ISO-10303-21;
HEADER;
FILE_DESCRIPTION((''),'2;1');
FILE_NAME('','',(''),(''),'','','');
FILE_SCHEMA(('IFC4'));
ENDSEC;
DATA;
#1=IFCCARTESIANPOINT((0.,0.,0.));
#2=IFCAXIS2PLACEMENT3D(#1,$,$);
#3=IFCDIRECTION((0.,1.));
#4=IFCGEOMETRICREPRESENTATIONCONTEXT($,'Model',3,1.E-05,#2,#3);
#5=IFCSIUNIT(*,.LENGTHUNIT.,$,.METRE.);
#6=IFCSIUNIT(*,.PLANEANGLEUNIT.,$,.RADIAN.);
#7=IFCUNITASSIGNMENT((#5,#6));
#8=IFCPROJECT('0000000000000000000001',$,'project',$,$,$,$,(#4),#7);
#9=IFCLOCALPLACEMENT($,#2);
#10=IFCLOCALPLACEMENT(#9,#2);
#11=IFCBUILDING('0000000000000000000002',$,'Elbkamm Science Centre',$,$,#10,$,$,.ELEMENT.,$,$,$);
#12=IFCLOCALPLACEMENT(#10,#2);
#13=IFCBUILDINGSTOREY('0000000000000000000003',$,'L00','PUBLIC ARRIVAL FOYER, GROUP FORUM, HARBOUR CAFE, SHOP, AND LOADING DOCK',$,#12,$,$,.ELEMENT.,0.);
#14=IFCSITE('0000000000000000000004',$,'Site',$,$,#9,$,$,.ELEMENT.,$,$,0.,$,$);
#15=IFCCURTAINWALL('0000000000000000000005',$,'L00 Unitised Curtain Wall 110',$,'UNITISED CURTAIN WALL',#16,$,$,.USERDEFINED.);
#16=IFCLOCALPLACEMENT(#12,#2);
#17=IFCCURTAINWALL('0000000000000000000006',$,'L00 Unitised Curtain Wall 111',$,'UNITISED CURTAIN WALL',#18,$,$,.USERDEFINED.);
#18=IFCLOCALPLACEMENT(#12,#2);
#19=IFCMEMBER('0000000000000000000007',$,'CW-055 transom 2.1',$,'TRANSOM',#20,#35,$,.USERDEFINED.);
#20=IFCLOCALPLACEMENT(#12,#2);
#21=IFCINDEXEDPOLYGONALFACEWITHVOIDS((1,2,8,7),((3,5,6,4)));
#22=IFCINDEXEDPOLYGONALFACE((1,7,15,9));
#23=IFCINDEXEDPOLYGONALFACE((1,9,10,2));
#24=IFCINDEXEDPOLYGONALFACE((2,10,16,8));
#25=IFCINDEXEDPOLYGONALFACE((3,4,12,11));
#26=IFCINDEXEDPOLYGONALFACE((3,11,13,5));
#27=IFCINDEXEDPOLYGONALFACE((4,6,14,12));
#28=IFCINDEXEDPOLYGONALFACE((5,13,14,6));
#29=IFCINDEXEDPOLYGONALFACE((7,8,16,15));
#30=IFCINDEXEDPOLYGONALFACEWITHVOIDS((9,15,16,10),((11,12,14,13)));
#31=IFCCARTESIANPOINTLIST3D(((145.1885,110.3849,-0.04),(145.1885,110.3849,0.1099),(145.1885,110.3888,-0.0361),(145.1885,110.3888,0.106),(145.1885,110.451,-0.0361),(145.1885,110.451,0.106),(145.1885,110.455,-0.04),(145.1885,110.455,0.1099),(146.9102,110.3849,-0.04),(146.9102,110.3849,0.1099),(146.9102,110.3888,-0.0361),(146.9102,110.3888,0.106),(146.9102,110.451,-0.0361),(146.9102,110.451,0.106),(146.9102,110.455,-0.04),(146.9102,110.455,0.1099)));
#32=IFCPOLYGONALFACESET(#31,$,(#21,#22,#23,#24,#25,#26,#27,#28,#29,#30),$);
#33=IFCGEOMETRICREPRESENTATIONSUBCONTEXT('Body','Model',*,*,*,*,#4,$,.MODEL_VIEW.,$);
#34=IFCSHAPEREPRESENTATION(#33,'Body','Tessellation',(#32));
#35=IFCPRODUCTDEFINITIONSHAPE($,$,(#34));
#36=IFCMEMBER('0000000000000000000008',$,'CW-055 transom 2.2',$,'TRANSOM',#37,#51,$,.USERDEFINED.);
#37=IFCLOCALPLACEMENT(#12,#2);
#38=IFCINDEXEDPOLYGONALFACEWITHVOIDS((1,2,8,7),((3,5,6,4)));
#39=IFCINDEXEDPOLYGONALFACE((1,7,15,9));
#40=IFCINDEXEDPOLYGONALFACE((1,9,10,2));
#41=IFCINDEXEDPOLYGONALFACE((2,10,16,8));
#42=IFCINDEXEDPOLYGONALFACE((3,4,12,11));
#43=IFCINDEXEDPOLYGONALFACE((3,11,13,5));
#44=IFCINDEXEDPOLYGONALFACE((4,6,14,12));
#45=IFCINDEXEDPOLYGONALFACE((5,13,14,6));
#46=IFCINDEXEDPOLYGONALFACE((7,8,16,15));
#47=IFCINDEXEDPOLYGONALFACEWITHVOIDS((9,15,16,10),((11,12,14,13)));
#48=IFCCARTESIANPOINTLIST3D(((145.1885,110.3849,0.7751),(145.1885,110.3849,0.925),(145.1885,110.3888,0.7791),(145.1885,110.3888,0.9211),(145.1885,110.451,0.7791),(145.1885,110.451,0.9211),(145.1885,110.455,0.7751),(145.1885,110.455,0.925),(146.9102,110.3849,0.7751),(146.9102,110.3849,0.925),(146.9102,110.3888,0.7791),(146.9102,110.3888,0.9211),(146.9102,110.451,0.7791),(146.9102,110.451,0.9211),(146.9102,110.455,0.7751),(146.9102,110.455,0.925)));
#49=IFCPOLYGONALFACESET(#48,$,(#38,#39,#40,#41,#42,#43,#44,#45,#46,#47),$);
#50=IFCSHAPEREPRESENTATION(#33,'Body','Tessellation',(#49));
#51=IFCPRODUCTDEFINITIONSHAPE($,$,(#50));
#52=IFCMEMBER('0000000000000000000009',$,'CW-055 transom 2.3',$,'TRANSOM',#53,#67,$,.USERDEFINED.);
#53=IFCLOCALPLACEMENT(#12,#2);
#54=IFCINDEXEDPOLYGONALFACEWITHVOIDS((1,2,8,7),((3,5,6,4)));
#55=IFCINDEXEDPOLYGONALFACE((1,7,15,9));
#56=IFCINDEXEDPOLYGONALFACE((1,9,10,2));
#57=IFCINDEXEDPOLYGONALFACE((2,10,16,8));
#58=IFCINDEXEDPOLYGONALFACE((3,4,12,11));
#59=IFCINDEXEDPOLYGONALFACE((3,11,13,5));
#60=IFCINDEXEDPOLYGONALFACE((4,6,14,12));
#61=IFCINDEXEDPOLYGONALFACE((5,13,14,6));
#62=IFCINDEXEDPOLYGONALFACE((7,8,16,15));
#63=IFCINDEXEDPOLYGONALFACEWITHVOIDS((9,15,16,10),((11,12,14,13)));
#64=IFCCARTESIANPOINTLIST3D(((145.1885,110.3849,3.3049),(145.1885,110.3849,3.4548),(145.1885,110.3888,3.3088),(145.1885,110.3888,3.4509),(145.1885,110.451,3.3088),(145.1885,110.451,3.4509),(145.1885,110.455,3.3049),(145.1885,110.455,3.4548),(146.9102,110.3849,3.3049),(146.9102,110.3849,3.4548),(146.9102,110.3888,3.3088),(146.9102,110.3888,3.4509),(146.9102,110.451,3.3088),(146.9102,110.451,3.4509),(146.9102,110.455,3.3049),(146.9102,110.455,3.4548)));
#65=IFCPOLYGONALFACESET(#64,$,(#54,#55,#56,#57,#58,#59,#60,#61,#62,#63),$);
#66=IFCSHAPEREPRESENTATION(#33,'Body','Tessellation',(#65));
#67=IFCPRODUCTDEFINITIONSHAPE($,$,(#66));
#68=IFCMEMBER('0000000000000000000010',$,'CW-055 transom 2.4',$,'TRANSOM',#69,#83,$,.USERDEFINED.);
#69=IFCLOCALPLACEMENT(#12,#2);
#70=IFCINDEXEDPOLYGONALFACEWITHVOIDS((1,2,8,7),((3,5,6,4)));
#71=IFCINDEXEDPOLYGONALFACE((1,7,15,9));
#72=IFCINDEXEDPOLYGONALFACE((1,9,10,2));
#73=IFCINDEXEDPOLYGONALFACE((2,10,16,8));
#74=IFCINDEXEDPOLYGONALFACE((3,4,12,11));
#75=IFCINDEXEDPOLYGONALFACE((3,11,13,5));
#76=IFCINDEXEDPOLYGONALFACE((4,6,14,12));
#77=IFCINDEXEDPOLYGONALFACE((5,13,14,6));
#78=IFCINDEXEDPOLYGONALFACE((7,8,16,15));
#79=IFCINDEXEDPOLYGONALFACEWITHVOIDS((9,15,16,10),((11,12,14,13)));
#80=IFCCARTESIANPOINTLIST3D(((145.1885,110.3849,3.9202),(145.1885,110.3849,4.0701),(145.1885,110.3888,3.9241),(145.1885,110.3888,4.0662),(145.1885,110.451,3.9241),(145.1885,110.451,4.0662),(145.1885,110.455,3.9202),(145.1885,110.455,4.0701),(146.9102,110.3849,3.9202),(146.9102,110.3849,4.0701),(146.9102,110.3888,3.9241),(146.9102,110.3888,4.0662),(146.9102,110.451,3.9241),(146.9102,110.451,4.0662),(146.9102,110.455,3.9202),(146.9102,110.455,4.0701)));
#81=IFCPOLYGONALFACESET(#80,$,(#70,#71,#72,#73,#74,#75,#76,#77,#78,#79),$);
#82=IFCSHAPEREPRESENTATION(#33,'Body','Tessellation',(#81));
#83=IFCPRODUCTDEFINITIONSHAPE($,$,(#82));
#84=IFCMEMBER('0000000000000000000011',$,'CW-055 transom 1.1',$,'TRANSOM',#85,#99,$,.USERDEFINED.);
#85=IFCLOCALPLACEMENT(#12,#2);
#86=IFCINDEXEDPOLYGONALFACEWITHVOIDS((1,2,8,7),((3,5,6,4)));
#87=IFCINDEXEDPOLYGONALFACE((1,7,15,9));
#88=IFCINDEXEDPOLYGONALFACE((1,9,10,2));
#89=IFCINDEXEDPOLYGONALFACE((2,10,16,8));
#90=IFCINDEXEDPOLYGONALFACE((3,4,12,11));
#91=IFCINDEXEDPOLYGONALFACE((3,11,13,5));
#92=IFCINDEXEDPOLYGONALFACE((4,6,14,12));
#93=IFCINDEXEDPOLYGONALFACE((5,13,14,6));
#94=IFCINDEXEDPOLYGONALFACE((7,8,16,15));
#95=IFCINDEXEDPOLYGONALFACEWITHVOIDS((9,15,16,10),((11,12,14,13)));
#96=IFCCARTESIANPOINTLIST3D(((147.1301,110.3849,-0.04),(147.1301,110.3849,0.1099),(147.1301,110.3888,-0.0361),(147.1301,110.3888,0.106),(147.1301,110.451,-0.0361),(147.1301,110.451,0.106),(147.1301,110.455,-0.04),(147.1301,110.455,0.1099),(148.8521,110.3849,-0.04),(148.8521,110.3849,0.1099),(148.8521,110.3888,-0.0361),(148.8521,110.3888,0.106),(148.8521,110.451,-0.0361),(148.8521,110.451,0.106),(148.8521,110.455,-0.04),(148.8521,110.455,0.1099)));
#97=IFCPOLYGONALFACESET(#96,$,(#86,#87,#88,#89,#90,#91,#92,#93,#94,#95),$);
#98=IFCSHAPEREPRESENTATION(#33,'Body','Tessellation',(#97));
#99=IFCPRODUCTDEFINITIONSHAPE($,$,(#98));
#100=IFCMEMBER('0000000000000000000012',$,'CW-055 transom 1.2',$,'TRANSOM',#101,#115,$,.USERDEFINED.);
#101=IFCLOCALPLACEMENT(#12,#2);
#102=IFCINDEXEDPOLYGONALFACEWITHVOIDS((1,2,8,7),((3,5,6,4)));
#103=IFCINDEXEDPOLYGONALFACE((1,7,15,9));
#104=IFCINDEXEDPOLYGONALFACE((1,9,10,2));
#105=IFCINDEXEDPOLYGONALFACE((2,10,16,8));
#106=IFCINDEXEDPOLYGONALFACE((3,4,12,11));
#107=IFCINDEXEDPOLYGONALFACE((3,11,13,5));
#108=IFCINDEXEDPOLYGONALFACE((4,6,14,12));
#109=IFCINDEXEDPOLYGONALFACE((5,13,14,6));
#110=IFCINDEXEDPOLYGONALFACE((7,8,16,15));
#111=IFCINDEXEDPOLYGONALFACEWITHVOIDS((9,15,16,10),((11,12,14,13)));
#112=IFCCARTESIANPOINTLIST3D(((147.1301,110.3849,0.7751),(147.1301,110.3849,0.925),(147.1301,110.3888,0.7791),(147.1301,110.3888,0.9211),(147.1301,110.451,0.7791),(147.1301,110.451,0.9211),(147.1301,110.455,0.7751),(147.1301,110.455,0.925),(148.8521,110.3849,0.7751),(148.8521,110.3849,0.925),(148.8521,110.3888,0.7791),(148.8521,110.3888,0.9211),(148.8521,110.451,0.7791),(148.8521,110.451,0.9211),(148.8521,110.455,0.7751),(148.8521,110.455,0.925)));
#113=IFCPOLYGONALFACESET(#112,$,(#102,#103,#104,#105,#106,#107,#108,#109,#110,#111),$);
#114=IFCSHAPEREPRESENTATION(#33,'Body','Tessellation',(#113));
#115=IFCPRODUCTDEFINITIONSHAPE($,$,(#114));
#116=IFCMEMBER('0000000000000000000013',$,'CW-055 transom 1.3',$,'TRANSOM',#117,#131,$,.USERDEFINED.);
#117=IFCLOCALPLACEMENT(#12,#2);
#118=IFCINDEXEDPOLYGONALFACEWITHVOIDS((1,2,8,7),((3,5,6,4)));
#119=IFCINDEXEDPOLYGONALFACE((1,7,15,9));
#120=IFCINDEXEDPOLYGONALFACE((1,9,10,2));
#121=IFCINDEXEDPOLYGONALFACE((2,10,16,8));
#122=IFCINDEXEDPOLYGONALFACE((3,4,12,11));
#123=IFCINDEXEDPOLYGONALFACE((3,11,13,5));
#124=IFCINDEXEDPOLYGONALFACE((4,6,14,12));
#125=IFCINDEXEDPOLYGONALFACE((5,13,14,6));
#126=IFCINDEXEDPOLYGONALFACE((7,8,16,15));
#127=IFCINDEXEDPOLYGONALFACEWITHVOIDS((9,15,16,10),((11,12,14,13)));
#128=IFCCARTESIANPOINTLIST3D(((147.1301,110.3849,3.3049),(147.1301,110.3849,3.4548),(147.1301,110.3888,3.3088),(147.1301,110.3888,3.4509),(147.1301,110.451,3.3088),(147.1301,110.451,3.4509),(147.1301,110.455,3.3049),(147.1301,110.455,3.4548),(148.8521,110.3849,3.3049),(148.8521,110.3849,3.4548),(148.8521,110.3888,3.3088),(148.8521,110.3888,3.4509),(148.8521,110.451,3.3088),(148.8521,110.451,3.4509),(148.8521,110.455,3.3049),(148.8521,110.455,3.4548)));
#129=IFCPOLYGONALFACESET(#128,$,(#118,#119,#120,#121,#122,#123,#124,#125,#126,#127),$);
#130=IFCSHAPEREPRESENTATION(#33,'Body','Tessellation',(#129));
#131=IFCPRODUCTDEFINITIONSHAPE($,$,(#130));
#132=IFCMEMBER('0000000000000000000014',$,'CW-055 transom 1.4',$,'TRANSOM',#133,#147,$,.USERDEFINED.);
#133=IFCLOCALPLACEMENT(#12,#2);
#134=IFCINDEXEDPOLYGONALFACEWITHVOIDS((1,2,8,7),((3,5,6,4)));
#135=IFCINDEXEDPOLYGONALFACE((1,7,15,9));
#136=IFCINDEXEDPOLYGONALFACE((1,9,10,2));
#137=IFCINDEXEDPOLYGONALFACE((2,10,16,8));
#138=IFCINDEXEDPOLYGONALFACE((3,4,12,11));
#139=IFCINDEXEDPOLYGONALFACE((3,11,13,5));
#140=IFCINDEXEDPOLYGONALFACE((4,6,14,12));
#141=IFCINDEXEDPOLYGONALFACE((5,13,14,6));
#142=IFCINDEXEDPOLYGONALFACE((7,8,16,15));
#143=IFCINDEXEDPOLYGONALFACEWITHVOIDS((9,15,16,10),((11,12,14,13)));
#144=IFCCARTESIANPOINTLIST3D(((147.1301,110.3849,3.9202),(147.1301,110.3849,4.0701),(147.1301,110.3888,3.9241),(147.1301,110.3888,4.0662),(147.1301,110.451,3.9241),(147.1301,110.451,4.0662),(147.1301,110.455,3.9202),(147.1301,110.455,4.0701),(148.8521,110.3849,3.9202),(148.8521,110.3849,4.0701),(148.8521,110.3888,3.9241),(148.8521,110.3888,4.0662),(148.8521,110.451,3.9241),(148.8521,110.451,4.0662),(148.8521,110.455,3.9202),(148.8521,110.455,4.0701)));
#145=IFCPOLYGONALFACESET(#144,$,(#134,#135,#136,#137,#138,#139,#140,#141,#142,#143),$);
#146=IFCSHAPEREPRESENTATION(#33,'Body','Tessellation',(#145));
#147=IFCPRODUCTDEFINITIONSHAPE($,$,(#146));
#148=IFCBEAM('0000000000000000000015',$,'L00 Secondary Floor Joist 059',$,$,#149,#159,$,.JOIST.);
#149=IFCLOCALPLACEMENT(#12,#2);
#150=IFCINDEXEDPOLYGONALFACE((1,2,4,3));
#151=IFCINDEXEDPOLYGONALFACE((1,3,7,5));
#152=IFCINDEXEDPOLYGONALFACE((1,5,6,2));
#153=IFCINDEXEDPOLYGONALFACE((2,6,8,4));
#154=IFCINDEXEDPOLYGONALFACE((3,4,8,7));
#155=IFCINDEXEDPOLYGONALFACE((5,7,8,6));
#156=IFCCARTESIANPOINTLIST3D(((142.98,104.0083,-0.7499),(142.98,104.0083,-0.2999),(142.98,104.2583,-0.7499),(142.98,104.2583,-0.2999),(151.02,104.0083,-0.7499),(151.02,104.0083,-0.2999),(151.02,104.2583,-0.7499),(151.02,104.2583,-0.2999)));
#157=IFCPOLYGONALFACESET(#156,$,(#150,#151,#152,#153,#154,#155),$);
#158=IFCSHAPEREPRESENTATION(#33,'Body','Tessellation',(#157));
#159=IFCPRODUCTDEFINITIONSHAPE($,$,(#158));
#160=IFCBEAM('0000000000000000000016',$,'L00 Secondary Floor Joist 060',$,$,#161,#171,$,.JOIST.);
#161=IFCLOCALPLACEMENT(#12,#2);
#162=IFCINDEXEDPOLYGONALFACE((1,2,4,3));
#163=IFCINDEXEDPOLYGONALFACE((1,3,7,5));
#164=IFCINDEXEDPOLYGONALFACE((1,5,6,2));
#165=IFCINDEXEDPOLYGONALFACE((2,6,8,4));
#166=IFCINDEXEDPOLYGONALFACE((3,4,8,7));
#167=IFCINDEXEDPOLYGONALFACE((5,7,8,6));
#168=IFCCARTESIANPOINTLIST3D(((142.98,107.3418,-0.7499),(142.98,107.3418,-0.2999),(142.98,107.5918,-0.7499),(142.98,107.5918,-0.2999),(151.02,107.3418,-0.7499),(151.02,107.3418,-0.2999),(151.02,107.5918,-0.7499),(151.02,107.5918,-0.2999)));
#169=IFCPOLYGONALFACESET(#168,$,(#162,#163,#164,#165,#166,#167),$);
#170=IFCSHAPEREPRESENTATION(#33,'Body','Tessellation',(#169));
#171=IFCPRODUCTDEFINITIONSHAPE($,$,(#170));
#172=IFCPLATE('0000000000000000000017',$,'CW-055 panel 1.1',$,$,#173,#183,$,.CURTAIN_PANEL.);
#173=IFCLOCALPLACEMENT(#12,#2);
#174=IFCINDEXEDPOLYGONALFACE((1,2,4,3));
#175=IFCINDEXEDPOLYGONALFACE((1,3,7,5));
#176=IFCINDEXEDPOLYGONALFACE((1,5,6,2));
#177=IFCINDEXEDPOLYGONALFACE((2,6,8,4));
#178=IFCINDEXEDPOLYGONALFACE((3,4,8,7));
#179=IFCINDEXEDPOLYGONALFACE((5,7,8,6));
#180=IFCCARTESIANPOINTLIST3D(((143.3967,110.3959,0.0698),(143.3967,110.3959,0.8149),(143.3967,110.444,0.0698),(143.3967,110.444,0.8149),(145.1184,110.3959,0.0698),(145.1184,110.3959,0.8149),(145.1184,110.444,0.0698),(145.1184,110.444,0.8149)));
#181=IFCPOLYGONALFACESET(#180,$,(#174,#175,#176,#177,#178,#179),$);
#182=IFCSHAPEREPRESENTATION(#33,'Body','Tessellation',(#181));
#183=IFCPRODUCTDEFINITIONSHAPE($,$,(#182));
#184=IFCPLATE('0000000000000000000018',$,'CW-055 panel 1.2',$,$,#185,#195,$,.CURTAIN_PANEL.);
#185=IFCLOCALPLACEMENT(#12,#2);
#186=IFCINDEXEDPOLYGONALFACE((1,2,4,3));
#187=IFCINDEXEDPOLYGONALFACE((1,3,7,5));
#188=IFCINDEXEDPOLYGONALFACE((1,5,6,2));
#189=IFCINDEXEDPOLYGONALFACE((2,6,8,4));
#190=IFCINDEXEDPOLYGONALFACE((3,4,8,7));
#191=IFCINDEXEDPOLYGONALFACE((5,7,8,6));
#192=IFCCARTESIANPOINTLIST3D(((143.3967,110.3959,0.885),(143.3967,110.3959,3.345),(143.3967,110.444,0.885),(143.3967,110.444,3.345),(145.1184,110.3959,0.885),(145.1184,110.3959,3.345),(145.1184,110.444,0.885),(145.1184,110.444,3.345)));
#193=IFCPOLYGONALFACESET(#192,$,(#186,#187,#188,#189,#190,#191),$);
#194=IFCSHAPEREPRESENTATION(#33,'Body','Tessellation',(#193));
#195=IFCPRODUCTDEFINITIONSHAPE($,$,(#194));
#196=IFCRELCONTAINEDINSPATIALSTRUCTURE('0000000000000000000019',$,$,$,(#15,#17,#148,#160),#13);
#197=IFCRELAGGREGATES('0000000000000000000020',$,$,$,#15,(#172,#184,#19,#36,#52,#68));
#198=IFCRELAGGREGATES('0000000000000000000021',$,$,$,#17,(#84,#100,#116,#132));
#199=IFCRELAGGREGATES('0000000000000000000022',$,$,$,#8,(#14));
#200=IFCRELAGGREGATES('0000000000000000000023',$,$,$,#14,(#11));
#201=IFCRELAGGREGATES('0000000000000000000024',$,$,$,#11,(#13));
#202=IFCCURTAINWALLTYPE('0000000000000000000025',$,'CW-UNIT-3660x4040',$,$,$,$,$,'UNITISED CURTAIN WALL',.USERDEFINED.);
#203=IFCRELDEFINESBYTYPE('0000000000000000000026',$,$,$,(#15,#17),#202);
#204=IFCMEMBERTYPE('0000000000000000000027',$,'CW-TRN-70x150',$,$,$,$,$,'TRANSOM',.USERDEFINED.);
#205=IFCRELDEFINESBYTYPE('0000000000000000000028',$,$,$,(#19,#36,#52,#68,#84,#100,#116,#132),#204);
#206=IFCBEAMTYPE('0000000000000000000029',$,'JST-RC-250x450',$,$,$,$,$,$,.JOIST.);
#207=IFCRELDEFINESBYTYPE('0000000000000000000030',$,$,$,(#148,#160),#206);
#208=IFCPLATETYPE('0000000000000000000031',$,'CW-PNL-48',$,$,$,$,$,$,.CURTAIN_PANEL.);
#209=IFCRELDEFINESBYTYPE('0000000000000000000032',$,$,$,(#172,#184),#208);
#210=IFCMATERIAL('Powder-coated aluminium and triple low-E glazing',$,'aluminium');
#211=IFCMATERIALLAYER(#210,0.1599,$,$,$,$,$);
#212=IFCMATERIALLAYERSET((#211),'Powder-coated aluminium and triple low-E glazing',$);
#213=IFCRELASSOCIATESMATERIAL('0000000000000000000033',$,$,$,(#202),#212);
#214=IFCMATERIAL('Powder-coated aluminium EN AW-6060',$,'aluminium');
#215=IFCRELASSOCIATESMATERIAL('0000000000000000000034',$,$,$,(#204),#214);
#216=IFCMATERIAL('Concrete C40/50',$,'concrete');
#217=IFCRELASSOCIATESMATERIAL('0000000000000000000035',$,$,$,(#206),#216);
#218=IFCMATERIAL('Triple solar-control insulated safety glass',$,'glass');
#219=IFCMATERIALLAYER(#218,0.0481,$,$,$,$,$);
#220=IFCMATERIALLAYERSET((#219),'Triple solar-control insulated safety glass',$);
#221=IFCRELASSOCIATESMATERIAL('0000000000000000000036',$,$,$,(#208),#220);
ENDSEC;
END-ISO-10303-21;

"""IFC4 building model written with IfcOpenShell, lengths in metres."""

from ifc_helpers import new_model, si_unit, direction, frame, origin, origin_2d, place, context, subcontext, project, spatial, rectangle, hollow_rectangle, extrude, material, layer, layer_set, material_profile, profile_set, type_object, element, aggregate, save


model = new_model("IFC4")

# Units and contexts
model_context = context("Model", 3, precision=1e-05, world=origin(), true_north=direction((0.0, 1.0)))
body_context = subcontext(model_context, "Body", "Model", "MODEL_VIEW")
ifc_project = project(units=[si_unit("LENGTHUNIT", "METRE"), si_unit("PLANEANGLEUNIT", "RADIAN")], contexts=[model_context])

# Site, building, storey
site_placement = place(None, origin())
site = spatial("IfcSite", under=ifc_project, at=site_placement, Name="Site", CompositionType="ELEMENT", RefElevation=0.0)
building_placement = place(site_placement, origin())
building = spatial("IfcBuilding", under=site, at=building_placement, Name="Elbkamm Science Centre", CompositionType="ELEMENT")
storey_placement = place(building_placement, origin())
storey = spatial("IfcBuildingStorey", under=building, at=storey_placement, Name="L00", Description="PUBLIC ARRIVAL FOYER, GROUP FORUM, HARBOUR CAFE, SHOP, AND LOADING DOCK", CompositionType="ELEMENT", Elevation=0.0)

# Shared definitions
ifc_material_1 = material(Name="Concrete C40/50", Category="concrete")

# Shared definitions
ifc_material_2 = material(Name="Powder-coated aluminium and triple low-E glazing", Category="aluminium")
ifc_material_3 = material(Name="Powder-coated aluminium EN AW-6060", Category="aluminium")

# Curtain wall
ifc_layer_1 = layer(ifc_material_2, 0.1599)
ifc_layer_set_1 = layer_set([ifc_layer_1], Name="Powder-coated aluminium and triple low-E glazing")
curtain_wall_type_1 = type_object("IfcCurtainWallType", Name="CW-UNIT-3660x4040", ElementType="UNITISED CURTAIN WALL", PredefinedType="USERDEFINED", material=ifc_layer_set_1)
curtain_wall_1_placement = place(storey_placement, origin())
curtain_wall_1 = element("IfcCurtainWall", 1, at=curtain_wall_1_placement, inside=storey, type_object=curtain_wall_type_1, Name="L00 Unitised Curtain Wall 110", ObjectType="UNITISED CURTAIN WALL", PredefinedType="USERDEFINED")

# Curtain wall
curtain_wall_2_placement = place(storey_placement, origin())
curtain_wall_2 = element("IfcCurtainWall", 2, at=curtain_wall_2_placement, inside=storey, type_object=curtain_wall_type_1, Name="L00 Unitised Curtain Wall 111", ObjectType="UNITISED CURTAIN WALL", PredefinedType="USERDEFINED")

# Members
ifc_material_profile_1 = material_profile(ifc_material_3, hollow_rectangle(XDim=0.0701, YDim=0.1499, WallThickness=0.0039, at=origin_2d()), Name="ALU T70x150")
ifc_profile_set_1 = profile_set([ifc_material_profile_1], Name="Powder-coated aluminium EN AW-6060")
member_type_1 = type_object("IfcMemberType", Name="CW-TRN-70x150", ElementType="TRANSOM", PredefinedType="USERDEFINED", material=ifc_profile_set_1)
member_1_placement = place(storey_placement, frame((145.1885, 110.4199, 0.0349), z_axis=(1.0, 0.0, 0.0), x_axis=(0.0, 1.0, 0.0)))
member_1 = element("IfcMember", 3, at=member_1_placement, type_object=member_type_1, Name="CW-055 transom 2.1", ObjectType="TRANSOM", PredefinedType="USERDEFINED", context=body_context, shape_type="SweptSolid", body=[
    extrude(hollow_rectangle(XDim=0.0701, YDim=0.1499, WallThickness=0.0039, at=origin_2d()), origin(), (0.0, 0.0, 1.0), 1.7217),
])
member_2_placement = place(storey_placement, frame((145.1885, 110.4199, 0.8501), z_axis=(1.0, 0.0, 0.0), x_axis=(0.0, 1.0, 0.0)))
member_2 = element("IfcMember", 4, at=member_2_placement, type_object=member_type_1, Name="CW-055 transom 2.2", ObjectType="TRANSOM", PredefinedType="USERDEFINED", context=body_context, shape_type="SweptSolid", body=[
    extrude(hollow_rectangle(XDim=0.0701, YDim=0.1499, WallThickness=0.0039, at=origin_2d()), origin(), (0.0, 0.0, 1.0), 1.7217),
])
member_3_placement = place(storey_placement, frame((145.1885, 110.4199, 3.3799), z_axis=(1.0, 0.0, 0.0), x_axis=(0.0, 1.0, 0.0)))
member_3 = element("IfcMember", 5, at=member_3_placement, type_object=member_type_1, Name="CW-055 transom 2.3", ObjectType="TRANSOM", PredefinedType="USERDEFINED", context=body_context, shape_type="SweptSolid", body=[
    extrude(hollow_rectangle(XDim=0.0701, YDim=0.1499, WallThickness=0.0039, at=origin_2d()), origin(), (0.0, 0.0, 1.0), 1.7217),
])
member_4_placement = place(storey_placement, frame((145.1885, 110.4199, 3.9951), z_axis=(1.0, 0.0, 0.0), x_axis=(0.0, 1.0, 0.0)))
member_4 = element("IfcMember", 6, at=member_4_placement, type_object=member_type_1, Name="CW-055 transom 2.4", ObjectType="TRANSOM", PredefinedType="USERDEFINED", context=body_context, shape_type="SweptSolid", body=[
    extrude(hollow_rectangle(XDim=0.0701, YDim=0.1499, WallThickness=0.0039, at=origin_2d()), origin(), (0.0, 0.0, 1.0), 1.7217),
])
member_5_placement = place(storey_placement, frame((147.1301, 110.4199, 0.0349), z_axis=(1.0, 0.0, 0.0), x_axis=(0.0, 1.0, 0.0)))
member_5 = element("IfcMember", 7, at=member_5_placement, type_object=member_type_1, Name="CW-055 transom 1.1", ObjectType="TRANSOM", PredefinedType="USERDEFINED", context=body_context, shape_type="SweptSolid", body=[
    extrude(hollow_rectangle(XDim=0.0701, YDim=0.1499, WallThickness=0.0039, at=origin_2d()), origin(), (0.0, 0.0, 1.0), 1.7219),
])
member_6_placement = place(storey_placement, frame((147.1301, 110.4199, 0.8501), z_axis=(1.0, 0.0, 0.0), x_axis=(0.0, 1.0, 0.0)))
member_6 = element("IfcMember", 8, at=member_6_placement, type_object=member_type_1, Name="CW-055 transom 1.2", ObjectType="TRANSOM", PredefinedType="USERDEFINED", context=body_context, shape_type="SweptSolid", body=[
    extrude(hollow_rectangle(XDim=0.0701, YDim=0.1499, WallThickness=0.0039, at=origin_2d()), origin(), (0.0, 0.0, 1.0), 1.7219),
])
member_7_placement = place(storey_placement, frame((147.1301, 110.4199, 3.3799), z_axis=(1.0, 0.0, 0.0), x_axis=(0.0, 1.0, 0.0)))
member_7 = element("IfcMember", 9, at=member_7_placement, type_object=member_type_1, Name="CW-055 transom 1.3", ObjectType="TRANSOM", PredefinedType="USERDEFINED", context=body_context, shape_type="SweptSolid", body=[
    extrude(hollow_rectangle(XDim=0.0701, YDim=0.1499, WallThickness=0.0039, at=origin_2d()), origin(), (0.0, 0.0, 1.0), 1.7219),
])
member_8_placement = place(storey_placement, frame((147.1301, 110.4199, 3.9951), z_axis=(1.0, 0.0, 0.0), x_axis=(0.0, 1.0, 0.0)))
member_8 = element("IfcMember", 10, at=member_8_placement, type_object=member_type_1, Name="CW-055 transom 1.4", ObjectType="TRANSOM", PredefinedType="USERDEFINED", context=body_context, shape_type="SweptSolid", body=[
    extrude(hollow_rectangle(XDim=0.0701, YDim=0.1499, WallThickness=0.0039, at=origin_2d()), origin(), (0.0, 0.0, 1.0), 1.7219),
])

# Beams
ifc_material_profile_2 = material_profile(ifc_material_1, rectangle(XDim=0.25, YDim=0.45, at=origin_2d()), Name="RC 250x450")
ifc_profile_set_2 = profile_set([ifc_material_profile_2], Name="Concrete C40/50")
beam_type_1 = type_object("IfcBeamType", Name="JST-RC-250x450", PredefinedType="JOIST", material=ifc_profile_set_2)
for number, where, z_axis, x_axis, name in (
    (11, (142.98, 104.1333, -0.5249), (1.0, 0.0, 0.0), (0.0, 1.0, 0.0), "L00 Secondary Floor Joist 059"),
    (12, (142.98, 107.4668, -0.5249), (1.0, 0.0, 0.0), (0.0, 1.0, 0.0), "L00 Secondary Floor Joist 060"),
):
    element("IfcBeam", number, at=place(storey_placement, frame(where, z_axis=z_axis, x_axis=x_axis)), inside=storey, type_object=beam_type_1, Name=name, PredefinedType="JOIST", context=body_context, shape_type="SweptSolid", body=[
        extrude(rectangle(XDim=0.25, YDim=0.45, at=origin_2d()), origin(), (0.0, 0.0, 1.0), 8.04),
    ])

# Plates
ifc_material_4 = material(Name="Triple solar-control insulated safety glass", Category="glass")
ifc_layer_2 = layer(ifc_material_4, 0.0481)
ifc_layer_set_2 = layer_set([ifc_layer_2], Name="Triple solar-control insulated safety glass")
plate_type = type_object("IfcPlateType", Name="CW-PNL-48", PredefinedType="CURTAIN_PANEL", material=ifc_layer_set_2)
plate_1_placement = place(storey_placement, frame((144.2576, 110.4199, 0.0698), z_axis=(0.0, 0.0, 1.0), x_axis=(1.0, 0.0, 0.0)))
plate_1 = element("IfcPlate", 13, at=plate_1_placement, type_object=plate_type, Name="CW-055 panel 1.1", PredefinedType="CURTAIN_PANEL", context=body_context, shape_type="SweptSolid", body=[
    extrude(rectangle(XDim=1.7217, YDim=0.0481, at=origin_2d()), origin(), (0.0, 0.0, 1.0), 0.7451),
])
plate_2_placement = place(storey_placement, frame((144.2576, 110.4199, 0.885), z_axis=(0.0, 0.0, 1.0), x_axis=(1.0, 0.0, 0.0)))
plate_2 = element("IfcPlate", 14, at=plate_2_placement, type_object=plate_type, Name="CW-055 panel 1.2", PredefinedType="CURTAIN_PANEL", context=body_context, shape_type="SweptSolid", body=[
    extrude(rectangle(XDim=1.7217, YDim=0.0481, at=origin_2d()), origin(), (0.0, 0.0, 1.0), 2.46),
])
aggregate(curtain_wall_1, [plate_1, plate_2, member_1, member_2, member_3, member_4])
aggregate(curtain_wall_2, [member_5, member_6, member_7, member_8])

save(model, "model.ifc")
